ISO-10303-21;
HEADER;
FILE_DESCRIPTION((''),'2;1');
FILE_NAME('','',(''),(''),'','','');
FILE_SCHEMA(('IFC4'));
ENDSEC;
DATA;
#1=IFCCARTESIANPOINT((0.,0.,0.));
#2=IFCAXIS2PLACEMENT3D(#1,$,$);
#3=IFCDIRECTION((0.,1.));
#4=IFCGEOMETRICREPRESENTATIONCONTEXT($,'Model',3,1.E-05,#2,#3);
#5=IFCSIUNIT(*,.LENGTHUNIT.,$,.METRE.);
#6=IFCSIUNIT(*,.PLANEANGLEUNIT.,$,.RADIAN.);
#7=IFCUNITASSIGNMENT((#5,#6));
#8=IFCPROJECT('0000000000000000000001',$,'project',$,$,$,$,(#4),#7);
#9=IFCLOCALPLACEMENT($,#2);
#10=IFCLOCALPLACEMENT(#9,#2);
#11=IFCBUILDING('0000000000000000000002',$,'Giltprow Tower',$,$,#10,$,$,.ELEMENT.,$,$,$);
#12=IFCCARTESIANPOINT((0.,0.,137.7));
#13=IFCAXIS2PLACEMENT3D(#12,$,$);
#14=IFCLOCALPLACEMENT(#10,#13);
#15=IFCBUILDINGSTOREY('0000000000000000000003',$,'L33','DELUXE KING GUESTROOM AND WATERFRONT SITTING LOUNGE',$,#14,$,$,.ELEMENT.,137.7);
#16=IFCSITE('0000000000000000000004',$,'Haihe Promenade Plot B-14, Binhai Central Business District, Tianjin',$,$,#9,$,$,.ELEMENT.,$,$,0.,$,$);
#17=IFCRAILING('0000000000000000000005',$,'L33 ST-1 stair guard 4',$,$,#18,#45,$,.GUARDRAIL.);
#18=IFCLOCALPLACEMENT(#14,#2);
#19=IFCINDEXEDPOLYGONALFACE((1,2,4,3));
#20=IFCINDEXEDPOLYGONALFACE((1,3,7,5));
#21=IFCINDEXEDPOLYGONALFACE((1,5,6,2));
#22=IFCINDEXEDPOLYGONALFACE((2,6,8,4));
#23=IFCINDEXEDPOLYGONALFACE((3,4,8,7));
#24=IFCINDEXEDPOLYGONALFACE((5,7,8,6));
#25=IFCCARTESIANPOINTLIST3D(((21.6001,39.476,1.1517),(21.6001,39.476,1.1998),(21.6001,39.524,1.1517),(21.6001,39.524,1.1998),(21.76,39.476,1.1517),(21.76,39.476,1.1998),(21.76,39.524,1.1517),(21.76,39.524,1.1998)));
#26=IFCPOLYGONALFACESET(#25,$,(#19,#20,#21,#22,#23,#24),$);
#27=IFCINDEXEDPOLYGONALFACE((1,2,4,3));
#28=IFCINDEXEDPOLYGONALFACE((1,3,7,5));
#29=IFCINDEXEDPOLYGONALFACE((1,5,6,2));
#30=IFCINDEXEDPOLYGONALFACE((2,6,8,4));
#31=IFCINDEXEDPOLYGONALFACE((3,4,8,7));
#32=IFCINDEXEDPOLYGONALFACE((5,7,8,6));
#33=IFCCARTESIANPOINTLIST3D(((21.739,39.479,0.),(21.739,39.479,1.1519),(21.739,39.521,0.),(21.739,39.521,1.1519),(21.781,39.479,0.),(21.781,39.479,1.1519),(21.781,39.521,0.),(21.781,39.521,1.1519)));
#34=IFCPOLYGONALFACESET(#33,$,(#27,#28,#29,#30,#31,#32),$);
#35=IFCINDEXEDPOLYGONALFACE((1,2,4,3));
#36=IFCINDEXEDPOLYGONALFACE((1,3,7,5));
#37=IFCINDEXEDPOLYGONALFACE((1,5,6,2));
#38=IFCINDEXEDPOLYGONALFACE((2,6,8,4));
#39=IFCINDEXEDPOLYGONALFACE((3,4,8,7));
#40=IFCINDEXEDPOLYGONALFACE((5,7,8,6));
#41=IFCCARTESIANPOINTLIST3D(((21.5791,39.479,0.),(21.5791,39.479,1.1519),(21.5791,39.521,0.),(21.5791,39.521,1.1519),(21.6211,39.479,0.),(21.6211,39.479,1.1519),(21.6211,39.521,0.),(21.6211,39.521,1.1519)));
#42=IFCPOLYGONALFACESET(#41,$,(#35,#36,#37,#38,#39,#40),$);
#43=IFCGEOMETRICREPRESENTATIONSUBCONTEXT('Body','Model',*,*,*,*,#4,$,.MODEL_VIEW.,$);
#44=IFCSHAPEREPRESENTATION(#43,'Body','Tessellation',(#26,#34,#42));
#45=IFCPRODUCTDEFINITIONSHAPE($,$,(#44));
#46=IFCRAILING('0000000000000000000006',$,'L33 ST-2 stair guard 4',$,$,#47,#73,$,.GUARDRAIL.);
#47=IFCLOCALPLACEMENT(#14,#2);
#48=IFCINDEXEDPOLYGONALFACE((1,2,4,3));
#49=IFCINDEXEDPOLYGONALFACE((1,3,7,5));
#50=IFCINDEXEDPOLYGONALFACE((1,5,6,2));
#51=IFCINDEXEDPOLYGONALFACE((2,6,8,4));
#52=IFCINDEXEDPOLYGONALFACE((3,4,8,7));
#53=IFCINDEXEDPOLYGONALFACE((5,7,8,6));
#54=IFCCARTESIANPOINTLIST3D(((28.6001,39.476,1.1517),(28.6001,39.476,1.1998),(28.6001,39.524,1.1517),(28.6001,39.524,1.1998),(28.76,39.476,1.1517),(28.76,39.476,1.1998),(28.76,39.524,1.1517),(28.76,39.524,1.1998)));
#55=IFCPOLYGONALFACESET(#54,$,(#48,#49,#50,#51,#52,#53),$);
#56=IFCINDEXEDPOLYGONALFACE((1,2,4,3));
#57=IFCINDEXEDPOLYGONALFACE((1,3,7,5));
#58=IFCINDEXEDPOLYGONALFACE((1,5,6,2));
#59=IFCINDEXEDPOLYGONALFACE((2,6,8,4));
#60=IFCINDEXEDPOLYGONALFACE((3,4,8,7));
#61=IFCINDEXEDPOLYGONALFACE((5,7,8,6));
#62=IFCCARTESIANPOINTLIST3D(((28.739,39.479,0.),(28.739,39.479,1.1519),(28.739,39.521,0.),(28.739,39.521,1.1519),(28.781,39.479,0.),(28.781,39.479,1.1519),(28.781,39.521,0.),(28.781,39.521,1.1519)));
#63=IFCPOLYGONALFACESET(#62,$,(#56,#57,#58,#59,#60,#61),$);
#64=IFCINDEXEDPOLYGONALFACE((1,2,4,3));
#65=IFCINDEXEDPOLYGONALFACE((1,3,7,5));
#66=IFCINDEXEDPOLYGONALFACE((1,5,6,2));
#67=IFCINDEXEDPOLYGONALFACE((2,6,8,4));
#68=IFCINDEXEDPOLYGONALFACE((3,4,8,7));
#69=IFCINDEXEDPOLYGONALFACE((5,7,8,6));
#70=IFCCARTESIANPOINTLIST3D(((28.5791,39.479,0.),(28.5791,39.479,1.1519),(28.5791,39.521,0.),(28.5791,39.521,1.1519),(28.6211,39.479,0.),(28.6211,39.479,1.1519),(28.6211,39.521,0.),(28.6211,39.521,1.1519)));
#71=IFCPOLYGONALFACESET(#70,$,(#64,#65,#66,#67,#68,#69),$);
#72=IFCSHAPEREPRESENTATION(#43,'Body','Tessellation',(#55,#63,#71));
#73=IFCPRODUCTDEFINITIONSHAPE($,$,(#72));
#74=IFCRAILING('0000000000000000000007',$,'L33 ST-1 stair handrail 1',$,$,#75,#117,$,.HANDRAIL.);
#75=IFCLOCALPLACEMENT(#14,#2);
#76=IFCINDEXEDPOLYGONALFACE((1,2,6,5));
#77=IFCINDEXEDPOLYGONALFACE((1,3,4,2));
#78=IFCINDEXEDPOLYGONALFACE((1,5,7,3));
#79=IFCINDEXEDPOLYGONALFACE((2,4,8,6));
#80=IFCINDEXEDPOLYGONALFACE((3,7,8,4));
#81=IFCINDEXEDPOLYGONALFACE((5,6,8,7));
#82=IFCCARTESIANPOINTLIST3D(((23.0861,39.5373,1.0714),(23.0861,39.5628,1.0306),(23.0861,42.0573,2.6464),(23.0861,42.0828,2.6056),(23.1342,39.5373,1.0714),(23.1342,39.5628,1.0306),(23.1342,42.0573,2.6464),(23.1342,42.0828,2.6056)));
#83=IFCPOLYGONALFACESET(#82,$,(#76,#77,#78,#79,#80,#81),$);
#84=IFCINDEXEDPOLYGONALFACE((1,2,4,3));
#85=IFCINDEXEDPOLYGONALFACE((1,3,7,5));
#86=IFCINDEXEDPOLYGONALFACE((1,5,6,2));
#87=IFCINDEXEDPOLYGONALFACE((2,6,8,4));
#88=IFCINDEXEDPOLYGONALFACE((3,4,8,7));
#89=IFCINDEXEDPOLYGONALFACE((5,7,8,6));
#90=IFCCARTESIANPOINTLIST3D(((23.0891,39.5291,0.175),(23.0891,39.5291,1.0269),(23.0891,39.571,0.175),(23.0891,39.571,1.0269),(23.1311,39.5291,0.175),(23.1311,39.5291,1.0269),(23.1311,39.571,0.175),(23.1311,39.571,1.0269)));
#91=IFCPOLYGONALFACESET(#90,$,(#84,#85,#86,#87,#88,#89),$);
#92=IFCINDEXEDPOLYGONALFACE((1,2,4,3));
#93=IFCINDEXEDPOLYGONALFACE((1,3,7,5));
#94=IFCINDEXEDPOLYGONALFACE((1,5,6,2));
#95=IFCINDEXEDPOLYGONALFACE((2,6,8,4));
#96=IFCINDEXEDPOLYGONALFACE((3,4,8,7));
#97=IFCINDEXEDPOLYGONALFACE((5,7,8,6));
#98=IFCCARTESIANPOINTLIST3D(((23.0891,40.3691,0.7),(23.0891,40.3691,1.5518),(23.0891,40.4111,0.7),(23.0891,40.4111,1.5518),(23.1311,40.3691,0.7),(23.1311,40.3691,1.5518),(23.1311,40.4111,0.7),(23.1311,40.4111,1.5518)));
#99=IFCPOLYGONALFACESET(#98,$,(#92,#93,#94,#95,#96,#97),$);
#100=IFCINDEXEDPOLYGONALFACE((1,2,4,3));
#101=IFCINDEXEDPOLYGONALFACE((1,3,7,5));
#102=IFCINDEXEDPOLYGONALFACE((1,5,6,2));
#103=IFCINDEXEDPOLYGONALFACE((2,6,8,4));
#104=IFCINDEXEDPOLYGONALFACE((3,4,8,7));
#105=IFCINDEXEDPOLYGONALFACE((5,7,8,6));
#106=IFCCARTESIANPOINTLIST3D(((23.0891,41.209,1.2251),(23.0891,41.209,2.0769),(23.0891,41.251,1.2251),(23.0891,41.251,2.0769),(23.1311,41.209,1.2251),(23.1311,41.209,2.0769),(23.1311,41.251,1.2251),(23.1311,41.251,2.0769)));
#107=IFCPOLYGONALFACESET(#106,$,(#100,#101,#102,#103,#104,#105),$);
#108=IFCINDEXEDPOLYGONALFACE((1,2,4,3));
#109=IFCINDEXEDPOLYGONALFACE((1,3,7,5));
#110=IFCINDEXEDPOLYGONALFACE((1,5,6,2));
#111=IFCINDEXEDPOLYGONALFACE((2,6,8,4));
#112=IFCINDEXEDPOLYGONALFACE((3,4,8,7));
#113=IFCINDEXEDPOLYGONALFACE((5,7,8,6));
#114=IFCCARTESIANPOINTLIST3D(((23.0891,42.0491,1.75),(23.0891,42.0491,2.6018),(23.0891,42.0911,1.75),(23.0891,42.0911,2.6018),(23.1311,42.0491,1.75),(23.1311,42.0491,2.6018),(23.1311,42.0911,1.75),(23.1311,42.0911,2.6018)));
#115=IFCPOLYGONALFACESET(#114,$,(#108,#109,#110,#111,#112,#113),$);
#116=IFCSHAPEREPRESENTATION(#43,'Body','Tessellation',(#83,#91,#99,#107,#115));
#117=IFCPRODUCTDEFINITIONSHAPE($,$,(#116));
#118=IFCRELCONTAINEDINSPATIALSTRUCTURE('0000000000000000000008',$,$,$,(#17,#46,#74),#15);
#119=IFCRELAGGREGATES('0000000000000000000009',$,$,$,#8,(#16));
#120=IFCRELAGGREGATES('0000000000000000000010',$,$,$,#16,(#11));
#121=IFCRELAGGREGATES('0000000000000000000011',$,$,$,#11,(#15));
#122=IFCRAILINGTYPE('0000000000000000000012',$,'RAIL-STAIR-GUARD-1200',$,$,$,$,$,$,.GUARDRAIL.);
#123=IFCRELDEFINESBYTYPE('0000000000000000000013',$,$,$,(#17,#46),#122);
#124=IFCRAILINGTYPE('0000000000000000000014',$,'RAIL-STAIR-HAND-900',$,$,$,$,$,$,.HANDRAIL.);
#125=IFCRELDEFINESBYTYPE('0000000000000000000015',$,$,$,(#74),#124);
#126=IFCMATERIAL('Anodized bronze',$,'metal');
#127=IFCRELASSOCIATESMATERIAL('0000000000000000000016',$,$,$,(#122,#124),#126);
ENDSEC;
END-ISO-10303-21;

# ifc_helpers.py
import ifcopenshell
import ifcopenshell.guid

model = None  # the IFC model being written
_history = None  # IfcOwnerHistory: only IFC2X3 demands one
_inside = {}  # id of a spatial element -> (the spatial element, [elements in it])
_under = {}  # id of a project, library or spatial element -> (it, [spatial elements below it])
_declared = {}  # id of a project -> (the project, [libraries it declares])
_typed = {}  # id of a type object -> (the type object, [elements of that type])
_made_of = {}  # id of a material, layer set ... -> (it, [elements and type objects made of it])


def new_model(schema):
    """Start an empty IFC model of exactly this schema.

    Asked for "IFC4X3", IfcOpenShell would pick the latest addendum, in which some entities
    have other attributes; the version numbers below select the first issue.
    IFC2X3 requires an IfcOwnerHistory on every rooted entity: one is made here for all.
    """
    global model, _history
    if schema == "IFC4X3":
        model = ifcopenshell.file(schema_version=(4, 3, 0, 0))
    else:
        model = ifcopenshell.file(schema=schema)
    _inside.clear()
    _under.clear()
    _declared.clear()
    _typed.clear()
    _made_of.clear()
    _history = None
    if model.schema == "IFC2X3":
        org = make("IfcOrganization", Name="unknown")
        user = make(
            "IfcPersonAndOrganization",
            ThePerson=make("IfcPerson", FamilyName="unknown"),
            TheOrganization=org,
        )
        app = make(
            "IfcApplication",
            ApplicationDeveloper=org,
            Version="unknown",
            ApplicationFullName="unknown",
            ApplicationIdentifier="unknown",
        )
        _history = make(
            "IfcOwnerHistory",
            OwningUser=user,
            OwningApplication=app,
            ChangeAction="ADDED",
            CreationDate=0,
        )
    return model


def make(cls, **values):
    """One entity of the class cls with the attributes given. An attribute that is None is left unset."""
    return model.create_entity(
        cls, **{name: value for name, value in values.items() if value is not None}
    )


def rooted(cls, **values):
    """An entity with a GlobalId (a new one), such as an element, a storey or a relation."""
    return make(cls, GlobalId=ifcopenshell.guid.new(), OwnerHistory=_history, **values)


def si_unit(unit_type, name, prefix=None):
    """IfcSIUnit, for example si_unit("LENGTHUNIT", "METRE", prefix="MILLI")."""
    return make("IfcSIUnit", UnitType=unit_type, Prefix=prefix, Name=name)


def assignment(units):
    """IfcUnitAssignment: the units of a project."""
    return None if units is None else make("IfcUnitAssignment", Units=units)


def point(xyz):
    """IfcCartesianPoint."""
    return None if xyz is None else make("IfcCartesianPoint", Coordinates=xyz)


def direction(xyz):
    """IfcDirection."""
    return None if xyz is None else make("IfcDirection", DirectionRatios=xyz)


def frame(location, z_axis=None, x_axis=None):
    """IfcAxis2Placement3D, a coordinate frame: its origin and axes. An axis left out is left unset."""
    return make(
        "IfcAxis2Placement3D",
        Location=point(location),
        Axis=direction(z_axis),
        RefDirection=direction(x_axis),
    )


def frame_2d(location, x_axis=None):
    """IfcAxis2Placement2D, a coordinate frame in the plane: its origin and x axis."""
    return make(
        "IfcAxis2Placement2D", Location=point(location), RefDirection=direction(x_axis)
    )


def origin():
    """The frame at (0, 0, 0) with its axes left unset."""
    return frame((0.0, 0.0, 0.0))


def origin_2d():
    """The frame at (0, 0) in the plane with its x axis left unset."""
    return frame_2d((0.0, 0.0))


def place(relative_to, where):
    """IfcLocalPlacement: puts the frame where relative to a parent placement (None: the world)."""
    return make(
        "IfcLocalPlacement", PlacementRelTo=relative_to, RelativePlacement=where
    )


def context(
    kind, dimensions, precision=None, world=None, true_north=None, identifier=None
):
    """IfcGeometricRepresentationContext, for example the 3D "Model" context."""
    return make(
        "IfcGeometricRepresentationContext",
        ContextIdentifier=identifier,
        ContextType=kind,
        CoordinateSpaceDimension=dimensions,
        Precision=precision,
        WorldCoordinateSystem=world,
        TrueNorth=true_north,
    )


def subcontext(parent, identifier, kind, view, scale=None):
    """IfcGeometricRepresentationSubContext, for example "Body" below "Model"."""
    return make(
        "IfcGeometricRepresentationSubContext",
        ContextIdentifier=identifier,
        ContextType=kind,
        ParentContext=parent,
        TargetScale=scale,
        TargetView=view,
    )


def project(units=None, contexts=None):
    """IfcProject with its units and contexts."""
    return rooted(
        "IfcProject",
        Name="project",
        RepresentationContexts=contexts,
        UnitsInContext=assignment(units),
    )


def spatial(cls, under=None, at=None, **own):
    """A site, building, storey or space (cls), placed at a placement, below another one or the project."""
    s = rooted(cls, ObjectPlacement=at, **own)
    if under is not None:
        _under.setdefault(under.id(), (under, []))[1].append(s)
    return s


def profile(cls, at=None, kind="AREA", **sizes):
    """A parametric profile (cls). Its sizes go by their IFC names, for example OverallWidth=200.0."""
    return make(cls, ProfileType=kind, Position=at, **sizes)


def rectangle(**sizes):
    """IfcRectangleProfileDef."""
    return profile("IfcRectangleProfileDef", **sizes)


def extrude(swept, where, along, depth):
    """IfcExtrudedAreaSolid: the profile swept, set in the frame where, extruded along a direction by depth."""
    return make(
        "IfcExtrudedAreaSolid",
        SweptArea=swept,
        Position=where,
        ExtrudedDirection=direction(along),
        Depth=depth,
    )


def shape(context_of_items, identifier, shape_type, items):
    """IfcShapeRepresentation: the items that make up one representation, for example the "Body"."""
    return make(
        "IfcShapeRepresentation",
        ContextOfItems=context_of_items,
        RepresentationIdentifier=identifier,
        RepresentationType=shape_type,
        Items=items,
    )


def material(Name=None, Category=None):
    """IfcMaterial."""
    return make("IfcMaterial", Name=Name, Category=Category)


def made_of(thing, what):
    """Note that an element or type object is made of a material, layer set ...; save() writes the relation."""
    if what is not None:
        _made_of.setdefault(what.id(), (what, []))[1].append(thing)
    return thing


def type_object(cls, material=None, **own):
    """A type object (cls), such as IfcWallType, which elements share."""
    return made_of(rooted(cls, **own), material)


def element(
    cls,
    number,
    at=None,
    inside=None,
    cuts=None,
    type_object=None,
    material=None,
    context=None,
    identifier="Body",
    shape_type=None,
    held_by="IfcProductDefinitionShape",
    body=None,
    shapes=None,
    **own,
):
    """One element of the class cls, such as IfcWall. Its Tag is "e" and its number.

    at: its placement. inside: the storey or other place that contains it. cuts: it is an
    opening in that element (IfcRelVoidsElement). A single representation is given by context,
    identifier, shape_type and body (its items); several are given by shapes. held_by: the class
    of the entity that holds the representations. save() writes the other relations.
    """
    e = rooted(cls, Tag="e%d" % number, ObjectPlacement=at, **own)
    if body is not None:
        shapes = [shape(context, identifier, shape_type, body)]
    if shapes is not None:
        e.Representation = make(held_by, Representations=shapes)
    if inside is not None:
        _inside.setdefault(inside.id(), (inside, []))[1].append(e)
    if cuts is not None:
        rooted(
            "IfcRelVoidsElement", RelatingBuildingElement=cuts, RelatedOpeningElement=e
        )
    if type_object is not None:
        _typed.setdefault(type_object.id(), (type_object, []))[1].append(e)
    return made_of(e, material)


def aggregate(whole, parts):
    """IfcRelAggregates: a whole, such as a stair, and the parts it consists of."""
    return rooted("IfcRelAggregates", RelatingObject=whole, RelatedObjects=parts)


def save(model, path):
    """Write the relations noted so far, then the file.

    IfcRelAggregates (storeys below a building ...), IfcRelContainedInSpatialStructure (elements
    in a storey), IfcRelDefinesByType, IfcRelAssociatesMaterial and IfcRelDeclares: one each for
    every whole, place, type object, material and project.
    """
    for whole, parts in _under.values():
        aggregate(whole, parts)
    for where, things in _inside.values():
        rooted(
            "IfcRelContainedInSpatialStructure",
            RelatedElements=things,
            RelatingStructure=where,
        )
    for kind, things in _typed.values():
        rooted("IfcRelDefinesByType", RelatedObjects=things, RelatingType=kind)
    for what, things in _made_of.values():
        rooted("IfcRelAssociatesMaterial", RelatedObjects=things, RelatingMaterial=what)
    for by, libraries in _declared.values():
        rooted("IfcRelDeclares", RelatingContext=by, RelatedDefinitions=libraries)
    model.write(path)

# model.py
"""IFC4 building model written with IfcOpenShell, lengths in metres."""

from ifc_helpers import new_model, si_unit, direction, frame, origin, origin_2d, place, context, subcontext, project, spatial, rectangle, extrude, material, type_object, element, save


model = new_model("IFC4")

# Units and contexts
model_context = context("Model", 3, precision=1e-05, world=origin(), true_north=direction((0.0, 1.0)))
body_context = subcontext(model_context, "Body", "Model", "MODEL_VIEW")
ifc_project = project(units=[si_unit("LENGTHUNIT", "METRE"), si_unit("PLANEANGLEUNIT", "RADIAN")], contexts=[model_context])

# Site, building, storey
site_placement = place(None, origin())
site = spatial("IfcSite", under=ifc_project, at=site_placement, Name="Haihe Promenade Plot B-14, Binhai Central Business District, Tianjin", CompositionType="ELEMENT", RefElevation=0.0)
building_placement = place(site_placement, origin())
building = spatial("IfcBuilding", under=site, at=building_placement, Name="Giltprow Tower", CompositionType="ELEMENT")
storey_placement = place(building_placement, frame((0.0, 0.0, 137.7)))
storey = spatial("IfcBuildingStorey", under=building, at=storey_placement, Name="L33", Description="DELUXE KING GUESTROOM AND WATERFRONT SITTING LOUNGE", CompositionType="ELEMENT", Elevation=137.7)

# Railings
ifc_material_1 = material(Name="Anodized bronze", Category="metal")
railing_type_1 = type_object("IfcRailingType", Name="RAIL-STAIR-GUARD-1200", PredefinedType="GUARDRAIL", material=ifc_material_1)
for number, where, name in (
    (1, (21.76, 39.5, 0.0), "L33 ST-1 stair guard 4"),
    (2, (28.76, 39.5, 0.0), "L33 ST-2 stair guard 4"),
):
    element("IfcRailing", number, at=place(storey_placement, frame(where)), inside=storey, type_object=railing_type_1, Name=name, PredefinedType="GUARDRAIL", context=body_context, shape_type="SweptSolid", body=[
        extrude(rectangle(XDim=0.0481, YDim=0.0481, at=origin_2d()), frame((0.0, 0.0, 1.1758), z_axis=(-1.0, 0.0, 0.0), x_axis=(0.0, -1.0, 0.0)), (0.0, 0.0, 1.0), 0.1599),
        extrude(rectangle(XDim=0.042, YDim=0.042, at=origin_2d()), origin(), (0.0, 0.0, 1.0), 1.1519),
        extrude(rectangle(XDim=0.042, YDim=0.042, at=origin_2d()), frame((-0.1599, 0.0, 0.0)), (0.0, 0.0, 1.0), 1.1519),
    ])
railing_type_2 = type_object("IfcRailingType", Name="RAIL-STAIR-HAND-900", PredefinedType="HANDRAIL", material=ifc_material_1)
railing_1_placement = place(storey_placement, frame((23.1101, 39.55, 0.175)))
element("IfcRailing", 3, at=railing_1_placement, inside=storey, type_object=railing_type_2, Name="L33 ST-1 stair handrail 1", PredefinedType="HANDRAIL", context=body_context, shape_type="SweptSolid", body=[
    extrude(rectangle(XDim=0.0481, YDim=0.0481, at=origin_2d()), frame((0.0, 0.0, 0.876), z_axis=(0.0, 0.848008, 0.529984), x_axis=(-1.0, 0.0, 0.0)), (0.0, 0.0, 1.0), 2.9717),
    extrude(rectangle(XDim=0.042, YDim=0.042, at=origin_2d()), origin(), (0.0, 0.0, 1.0), 0.8518),
    extrude(rectangle(XDim=0.042, YDim=0.042, at=origin_2d()), frame((0.0, 0.8401, 0.5249)), (0.0, 0.0, 1.0), 0.8518),
    extrude(rectangle(XDim=0.042, YDim=0.042, at=origin_2d()), frame((0.0, 1.6799, 1.05)), (0.0, 0.0, 1.0), 0.8518),
    extrude(rectangle(XDim=0.042, YDim=0.042, at=origin_2d()), frame((0.0, 2.52, 1.575)), (0.0, 0.0, 1.0), 0.8518),
])

save(model, "model.ifc")
